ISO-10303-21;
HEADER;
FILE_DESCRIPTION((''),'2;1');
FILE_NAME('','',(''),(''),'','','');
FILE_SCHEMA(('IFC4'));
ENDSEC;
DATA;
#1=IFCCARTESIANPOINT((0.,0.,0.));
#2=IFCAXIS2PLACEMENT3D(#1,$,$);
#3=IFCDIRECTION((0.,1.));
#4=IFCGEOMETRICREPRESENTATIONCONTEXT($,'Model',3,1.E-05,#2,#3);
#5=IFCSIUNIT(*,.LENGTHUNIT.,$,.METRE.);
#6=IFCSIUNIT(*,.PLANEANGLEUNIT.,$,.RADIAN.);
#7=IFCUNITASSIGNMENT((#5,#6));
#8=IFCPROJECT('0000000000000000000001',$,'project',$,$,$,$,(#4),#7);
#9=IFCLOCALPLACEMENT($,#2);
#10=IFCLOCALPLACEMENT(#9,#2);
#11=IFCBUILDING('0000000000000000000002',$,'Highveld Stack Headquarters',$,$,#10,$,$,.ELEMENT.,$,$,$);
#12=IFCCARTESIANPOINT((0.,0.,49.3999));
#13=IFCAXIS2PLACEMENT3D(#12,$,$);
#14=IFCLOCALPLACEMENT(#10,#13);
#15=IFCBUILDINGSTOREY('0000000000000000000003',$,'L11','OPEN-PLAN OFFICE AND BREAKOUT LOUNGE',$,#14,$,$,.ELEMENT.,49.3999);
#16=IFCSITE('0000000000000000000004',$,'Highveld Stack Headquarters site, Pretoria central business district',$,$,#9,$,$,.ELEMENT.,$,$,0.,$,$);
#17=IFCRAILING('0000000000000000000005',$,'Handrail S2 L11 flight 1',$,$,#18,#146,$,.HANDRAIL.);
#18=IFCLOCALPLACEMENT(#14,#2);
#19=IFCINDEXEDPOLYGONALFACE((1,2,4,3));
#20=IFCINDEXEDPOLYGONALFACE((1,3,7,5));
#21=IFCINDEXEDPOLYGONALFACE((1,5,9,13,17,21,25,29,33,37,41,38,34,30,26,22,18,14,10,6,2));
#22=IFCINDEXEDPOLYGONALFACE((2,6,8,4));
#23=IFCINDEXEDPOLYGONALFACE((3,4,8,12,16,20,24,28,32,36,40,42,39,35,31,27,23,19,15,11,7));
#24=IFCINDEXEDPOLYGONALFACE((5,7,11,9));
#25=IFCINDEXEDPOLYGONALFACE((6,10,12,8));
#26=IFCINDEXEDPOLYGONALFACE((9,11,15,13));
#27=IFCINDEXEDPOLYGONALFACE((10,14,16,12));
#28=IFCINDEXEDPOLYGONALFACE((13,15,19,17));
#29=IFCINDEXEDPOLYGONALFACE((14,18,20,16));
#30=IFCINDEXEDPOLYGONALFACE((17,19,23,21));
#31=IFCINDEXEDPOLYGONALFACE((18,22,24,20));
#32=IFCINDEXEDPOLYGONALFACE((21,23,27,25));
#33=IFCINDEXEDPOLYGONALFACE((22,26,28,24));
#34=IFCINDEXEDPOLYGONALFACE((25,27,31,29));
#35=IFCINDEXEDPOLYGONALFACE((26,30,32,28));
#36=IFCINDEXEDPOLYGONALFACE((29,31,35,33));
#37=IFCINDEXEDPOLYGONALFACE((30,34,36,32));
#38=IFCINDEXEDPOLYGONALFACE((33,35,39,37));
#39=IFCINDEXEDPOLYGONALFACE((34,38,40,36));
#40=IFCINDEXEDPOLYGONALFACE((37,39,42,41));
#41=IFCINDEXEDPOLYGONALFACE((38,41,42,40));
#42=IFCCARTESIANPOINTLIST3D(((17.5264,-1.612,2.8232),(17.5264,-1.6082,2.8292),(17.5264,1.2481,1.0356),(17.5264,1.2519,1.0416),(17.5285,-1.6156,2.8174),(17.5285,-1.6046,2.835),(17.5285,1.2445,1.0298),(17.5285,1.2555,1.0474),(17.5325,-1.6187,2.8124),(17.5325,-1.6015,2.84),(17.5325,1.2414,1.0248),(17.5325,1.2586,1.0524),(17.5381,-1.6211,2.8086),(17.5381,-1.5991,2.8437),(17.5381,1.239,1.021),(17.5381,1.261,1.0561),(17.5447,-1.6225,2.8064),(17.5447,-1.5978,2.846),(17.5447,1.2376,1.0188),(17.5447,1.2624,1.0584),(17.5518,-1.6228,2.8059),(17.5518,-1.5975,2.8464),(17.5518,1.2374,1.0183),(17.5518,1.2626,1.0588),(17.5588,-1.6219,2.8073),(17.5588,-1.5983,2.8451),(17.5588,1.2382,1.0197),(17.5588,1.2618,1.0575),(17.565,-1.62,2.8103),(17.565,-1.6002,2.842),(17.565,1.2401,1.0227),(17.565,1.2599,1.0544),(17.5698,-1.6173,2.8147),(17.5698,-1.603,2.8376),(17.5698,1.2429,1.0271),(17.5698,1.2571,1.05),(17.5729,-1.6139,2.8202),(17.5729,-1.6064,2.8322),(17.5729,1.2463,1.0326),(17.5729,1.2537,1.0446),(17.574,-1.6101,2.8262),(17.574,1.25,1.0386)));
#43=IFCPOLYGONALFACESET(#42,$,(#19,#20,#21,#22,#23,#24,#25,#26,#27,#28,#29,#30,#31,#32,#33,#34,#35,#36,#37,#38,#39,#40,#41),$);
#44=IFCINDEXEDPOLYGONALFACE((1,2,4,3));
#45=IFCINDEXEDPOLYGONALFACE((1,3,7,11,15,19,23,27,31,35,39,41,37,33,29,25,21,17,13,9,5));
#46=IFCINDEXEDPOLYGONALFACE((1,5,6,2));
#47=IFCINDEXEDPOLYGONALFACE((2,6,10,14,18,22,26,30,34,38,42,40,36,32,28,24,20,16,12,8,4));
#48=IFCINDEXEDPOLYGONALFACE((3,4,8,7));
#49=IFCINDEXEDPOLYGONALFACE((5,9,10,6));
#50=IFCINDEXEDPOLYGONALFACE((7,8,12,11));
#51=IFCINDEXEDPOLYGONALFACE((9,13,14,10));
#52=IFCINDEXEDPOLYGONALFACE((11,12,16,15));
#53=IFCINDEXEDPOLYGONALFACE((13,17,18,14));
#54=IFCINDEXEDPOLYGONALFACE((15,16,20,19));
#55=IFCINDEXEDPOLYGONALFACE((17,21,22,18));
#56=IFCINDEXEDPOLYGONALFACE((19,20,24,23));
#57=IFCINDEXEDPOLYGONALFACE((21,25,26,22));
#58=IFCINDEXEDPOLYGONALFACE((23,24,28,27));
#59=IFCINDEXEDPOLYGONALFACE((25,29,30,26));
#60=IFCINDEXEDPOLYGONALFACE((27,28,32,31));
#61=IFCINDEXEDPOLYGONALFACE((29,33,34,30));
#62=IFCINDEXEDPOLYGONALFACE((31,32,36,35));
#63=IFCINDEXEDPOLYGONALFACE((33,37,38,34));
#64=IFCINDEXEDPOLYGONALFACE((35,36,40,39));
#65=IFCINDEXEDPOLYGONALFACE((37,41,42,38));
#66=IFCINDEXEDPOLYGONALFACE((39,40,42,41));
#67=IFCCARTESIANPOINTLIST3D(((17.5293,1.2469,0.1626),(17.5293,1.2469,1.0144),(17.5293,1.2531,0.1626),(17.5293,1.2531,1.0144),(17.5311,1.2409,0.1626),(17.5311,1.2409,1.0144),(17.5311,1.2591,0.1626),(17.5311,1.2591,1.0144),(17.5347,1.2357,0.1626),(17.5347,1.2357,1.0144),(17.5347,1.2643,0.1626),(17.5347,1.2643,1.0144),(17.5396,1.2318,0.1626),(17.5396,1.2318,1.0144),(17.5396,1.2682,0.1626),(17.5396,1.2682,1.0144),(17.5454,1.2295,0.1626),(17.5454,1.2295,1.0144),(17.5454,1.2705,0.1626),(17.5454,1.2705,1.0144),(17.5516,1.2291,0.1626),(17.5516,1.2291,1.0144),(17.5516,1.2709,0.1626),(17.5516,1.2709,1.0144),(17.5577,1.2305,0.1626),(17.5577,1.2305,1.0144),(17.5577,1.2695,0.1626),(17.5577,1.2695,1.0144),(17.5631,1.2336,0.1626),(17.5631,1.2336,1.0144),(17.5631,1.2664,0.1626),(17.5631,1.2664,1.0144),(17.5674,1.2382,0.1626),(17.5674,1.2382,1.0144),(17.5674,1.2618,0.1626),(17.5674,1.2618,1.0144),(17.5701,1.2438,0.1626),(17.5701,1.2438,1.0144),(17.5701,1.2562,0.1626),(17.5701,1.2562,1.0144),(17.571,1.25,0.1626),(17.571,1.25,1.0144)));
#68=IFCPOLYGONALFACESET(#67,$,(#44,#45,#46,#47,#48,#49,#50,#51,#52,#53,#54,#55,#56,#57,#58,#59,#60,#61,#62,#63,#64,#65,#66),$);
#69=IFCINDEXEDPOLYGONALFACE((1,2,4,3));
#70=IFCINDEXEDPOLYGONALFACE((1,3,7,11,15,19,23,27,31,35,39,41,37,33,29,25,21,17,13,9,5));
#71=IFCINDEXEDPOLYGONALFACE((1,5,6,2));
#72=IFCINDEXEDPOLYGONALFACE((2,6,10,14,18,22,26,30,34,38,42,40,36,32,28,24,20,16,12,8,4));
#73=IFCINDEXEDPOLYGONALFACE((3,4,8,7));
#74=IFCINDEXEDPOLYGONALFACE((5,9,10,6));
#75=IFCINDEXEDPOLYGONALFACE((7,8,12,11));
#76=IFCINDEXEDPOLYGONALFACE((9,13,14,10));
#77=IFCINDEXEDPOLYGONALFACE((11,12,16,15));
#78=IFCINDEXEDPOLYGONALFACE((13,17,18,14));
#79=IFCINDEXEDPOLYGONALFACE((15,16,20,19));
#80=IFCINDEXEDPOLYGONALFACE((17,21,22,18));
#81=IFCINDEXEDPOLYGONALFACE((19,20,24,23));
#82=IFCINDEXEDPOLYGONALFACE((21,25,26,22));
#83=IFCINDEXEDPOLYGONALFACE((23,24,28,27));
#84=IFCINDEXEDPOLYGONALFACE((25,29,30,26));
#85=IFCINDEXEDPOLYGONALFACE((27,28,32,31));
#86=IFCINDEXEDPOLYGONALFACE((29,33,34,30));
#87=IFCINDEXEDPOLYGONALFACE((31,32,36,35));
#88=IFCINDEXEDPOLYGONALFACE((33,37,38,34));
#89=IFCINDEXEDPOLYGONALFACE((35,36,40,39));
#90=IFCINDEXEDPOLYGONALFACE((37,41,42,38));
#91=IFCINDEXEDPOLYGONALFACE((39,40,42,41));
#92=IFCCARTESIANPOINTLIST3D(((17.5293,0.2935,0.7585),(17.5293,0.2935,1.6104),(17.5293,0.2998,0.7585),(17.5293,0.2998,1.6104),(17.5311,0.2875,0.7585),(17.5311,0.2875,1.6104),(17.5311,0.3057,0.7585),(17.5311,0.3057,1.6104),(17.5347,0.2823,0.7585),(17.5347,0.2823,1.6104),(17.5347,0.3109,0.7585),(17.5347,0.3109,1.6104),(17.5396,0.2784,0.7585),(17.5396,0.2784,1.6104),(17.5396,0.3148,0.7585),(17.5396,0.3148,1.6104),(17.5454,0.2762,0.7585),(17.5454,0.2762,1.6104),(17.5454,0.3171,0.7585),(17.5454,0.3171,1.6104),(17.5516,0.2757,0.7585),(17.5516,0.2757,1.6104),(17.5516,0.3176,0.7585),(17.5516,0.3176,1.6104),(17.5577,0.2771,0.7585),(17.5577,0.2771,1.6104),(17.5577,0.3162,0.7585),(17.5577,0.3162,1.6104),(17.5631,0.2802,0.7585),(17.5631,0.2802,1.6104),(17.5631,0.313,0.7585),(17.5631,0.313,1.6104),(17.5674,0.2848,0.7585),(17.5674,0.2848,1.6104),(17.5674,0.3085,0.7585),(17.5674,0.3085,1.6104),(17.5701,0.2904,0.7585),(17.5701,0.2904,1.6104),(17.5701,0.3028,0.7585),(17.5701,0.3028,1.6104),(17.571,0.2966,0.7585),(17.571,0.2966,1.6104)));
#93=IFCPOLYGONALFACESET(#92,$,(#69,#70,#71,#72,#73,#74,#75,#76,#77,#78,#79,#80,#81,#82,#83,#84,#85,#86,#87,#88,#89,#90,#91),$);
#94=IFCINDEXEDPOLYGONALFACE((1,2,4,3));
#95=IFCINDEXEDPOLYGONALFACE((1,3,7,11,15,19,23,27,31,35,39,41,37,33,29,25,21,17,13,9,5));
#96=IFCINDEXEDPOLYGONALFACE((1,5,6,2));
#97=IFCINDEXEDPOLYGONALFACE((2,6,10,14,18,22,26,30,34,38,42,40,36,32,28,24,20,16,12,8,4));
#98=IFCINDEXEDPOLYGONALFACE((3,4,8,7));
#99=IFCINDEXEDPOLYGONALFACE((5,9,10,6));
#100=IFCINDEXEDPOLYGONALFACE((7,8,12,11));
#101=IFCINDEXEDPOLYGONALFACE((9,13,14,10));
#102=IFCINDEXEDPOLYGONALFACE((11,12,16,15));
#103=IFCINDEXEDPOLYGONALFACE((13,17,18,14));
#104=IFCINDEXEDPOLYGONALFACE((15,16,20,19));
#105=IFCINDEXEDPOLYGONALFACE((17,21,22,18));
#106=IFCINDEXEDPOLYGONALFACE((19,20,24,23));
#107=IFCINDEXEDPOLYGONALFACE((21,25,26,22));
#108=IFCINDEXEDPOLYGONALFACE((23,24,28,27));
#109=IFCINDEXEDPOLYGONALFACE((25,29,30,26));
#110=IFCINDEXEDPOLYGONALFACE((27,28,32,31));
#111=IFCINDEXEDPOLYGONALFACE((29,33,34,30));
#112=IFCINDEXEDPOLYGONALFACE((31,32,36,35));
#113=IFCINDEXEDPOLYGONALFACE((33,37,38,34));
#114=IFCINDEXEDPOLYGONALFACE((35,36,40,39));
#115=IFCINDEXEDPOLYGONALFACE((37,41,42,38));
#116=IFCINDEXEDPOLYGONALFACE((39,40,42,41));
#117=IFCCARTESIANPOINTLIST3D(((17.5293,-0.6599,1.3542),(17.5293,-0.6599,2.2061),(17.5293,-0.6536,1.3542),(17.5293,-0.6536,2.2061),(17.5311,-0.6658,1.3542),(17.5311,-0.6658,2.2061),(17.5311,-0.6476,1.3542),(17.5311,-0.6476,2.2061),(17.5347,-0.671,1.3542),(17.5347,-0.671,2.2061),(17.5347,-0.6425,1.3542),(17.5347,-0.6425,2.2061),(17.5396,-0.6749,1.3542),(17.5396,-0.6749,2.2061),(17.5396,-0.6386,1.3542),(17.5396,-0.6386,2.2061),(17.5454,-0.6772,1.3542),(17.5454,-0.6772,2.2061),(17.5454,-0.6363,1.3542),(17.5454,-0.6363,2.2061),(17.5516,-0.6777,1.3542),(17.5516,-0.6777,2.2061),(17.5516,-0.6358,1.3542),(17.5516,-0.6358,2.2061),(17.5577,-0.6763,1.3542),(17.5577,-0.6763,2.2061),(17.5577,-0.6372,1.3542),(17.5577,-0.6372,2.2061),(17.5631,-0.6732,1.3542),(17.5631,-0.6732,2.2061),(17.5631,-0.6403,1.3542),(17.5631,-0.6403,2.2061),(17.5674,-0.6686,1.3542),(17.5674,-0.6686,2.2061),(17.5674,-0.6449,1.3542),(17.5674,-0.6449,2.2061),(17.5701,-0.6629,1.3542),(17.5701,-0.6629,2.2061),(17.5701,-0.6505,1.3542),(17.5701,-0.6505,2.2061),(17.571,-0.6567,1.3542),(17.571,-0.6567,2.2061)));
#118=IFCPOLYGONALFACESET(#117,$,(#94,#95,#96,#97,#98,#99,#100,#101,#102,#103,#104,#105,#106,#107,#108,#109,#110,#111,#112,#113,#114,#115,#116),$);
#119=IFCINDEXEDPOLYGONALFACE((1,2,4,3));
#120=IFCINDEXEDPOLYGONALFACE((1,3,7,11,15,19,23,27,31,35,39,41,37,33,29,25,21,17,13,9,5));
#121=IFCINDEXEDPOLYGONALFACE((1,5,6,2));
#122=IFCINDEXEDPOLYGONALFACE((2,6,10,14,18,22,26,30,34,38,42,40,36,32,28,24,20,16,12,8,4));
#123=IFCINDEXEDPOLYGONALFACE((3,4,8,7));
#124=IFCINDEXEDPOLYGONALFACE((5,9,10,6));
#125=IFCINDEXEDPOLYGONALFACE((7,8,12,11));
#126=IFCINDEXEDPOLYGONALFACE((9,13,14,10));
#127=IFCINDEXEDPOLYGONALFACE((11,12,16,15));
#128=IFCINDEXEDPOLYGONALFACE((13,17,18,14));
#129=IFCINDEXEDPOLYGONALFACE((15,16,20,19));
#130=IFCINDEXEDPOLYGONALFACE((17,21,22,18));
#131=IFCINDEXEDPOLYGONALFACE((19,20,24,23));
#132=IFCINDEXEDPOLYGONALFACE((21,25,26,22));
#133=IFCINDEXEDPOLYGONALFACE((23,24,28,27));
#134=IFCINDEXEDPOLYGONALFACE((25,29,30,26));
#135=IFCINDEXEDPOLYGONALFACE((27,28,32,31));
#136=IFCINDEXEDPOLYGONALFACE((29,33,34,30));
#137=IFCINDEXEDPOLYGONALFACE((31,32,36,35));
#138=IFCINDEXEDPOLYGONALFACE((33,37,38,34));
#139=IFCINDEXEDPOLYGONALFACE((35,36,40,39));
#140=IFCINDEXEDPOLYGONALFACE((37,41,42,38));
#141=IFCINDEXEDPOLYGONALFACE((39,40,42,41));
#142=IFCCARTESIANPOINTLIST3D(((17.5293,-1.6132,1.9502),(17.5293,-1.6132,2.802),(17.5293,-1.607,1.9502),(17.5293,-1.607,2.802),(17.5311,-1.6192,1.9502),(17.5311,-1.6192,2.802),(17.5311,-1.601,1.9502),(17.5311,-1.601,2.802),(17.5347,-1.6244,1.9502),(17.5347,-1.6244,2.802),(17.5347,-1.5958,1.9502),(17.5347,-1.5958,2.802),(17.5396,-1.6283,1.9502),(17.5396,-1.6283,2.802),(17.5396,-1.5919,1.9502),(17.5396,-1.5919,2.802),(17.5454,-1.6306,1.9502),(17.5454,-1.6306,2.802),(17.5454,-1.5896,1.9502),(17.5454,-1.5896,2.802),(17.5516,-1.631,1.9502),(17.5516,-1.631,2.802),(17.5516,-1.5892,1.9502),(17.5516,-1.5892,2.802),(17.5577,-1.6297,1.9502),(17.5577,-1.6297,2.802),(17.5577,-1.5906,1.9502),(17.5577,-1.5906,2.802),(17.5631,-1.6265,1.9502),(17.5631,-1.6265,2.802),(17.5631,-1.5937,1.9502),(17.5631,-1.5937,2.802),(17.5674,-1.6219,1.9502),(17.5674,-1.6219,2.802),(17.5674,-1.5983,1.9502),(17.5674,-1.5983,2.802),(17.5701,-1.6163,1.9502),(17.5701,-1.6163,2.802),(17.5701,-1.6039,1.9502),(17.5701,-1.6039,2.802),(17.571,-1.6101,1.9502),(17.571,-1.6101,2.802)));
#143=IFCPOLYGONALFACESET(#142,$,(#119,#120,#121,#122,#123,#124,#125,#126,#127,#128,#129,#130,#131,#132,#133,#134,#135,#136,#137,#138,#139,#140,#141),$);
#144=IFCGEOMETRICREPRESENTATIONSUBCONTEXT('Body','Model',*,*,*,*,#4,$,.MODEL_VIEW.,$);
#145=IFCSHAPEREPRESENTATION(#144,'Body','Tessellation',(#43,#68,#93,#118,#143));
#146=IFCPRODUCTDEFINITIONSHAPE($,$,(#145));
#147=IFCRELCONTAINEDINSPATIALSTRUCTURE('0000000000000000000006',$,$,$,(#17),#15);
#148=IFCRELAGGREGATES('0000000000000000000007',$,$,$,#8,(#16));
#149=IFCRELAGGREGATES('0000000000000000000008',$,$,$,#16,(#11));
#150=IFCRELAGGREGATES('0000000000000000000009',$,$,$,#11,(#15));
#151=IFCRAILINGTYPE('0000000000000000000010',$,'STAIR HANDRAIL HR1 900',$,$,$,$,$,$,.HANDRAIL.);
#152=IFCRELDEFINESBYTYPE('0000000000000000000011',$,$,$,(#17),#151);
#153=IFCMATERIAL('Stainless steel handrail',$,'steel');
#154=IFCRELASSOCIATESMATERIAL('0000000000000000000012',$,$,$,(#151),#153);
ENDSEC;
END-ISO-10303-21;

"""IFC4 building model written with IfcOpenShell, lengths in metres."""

from ifc_helpers import new_model, si_unit, direction, frame, origin, origin_2d, place, context, subcontext, project, spatial, circle, extrude, material, type_object, element, save


model = new_model("IFC4")

# Units and contexts
model_context = context("Model", 3, precision=1e-05, world=origin(), true_north=direction((0.0, 1.0)))
body_context = subcontext(model_context, "Body", "Model", "MODEL_VIEW")
ifc_project = project(units=[si_unit("LENGTHUNIT", "METRE"), si_unit("PLANEANGLEUNIT", "RADIAN")], contexts=[model_context])

# Site, building, storey
site_placement = place(None, origin())
site = spatial("IfcSite", under=ifc_project, at=site_placement, Name="Highveld Stack Headquarters site, Pretoria central business district", CompositionType="ELEMENT", RefElevation=0.0)
building_placement = place(site_placement, origin())
building = spatial("IfcBuilding", under=site, at=building_placement, Name="Highveld Stack Headquarters", CompositionType="ELEMENT")
storey_placement = place(building_placement, frame((0.0, 0.0, 49.3999)))
storey = spatial("IfcBuildingStorey", under=building, at=storey_placement, Name="L11", Description="OPEN-PLAN OFFICE AND BREAKOUT LOUNGE", CompositionType="ELEMENT", Elevation=49.3999)

# Railing
ifc_material_1 = material(Name="Stainless steel handrail", Category="steel")
railing_type = type_object("IfcRailingType", Name="STAIR HANDRAIL HR1 900", PredefinedType="HANDRAIL", material=ifc_material_1)
for number, where, name in (
    (1, (17.55, 1.25, 0.1626), "Handrail S2 L11 flight 1"),
):
    element("IfcRailing", number, at=place(storey_placement, frame(where)), inside=storey, type_object=railing_type, Name=name, PredefinedType="HANDRAIL", context=body_context, shape_type="SweptSolid", body=[
        extrude(circle(Radius=0.0239, at=origin_2d()), frame((0.0, 0.0, 0.876), z_axis=(0.0, -0.847994, 0.530005), x_axis=(1.0, 0.0, 0.0)), (0.0, 0.0, 1.0), 3.3728),
        extrude(circle(Radius=0.021, at=origin_2d()), origin(), (0.0, 0.0, 1.0), 0.8518),
        extrude(circle(Radius=0.021, at=origin_2d()), frame((0.0, -0.9534, 0.5959)), (0.0, 0.0, 1.0), 0.8518),
        extrude(circle(Radius=0.021, at=origin_2d()), frame((0.0, -1.9067, 1.1917)), (0.0, 0.0, 1.0), 0.8518),
        extrude(circle(Radius=0.021, at=origin_2d()), frame((0.0, -2.8601, 1.7876)), (0.0, 0.0, 1.0), 0.8518),
    ])

save(model, "model.ifc")
